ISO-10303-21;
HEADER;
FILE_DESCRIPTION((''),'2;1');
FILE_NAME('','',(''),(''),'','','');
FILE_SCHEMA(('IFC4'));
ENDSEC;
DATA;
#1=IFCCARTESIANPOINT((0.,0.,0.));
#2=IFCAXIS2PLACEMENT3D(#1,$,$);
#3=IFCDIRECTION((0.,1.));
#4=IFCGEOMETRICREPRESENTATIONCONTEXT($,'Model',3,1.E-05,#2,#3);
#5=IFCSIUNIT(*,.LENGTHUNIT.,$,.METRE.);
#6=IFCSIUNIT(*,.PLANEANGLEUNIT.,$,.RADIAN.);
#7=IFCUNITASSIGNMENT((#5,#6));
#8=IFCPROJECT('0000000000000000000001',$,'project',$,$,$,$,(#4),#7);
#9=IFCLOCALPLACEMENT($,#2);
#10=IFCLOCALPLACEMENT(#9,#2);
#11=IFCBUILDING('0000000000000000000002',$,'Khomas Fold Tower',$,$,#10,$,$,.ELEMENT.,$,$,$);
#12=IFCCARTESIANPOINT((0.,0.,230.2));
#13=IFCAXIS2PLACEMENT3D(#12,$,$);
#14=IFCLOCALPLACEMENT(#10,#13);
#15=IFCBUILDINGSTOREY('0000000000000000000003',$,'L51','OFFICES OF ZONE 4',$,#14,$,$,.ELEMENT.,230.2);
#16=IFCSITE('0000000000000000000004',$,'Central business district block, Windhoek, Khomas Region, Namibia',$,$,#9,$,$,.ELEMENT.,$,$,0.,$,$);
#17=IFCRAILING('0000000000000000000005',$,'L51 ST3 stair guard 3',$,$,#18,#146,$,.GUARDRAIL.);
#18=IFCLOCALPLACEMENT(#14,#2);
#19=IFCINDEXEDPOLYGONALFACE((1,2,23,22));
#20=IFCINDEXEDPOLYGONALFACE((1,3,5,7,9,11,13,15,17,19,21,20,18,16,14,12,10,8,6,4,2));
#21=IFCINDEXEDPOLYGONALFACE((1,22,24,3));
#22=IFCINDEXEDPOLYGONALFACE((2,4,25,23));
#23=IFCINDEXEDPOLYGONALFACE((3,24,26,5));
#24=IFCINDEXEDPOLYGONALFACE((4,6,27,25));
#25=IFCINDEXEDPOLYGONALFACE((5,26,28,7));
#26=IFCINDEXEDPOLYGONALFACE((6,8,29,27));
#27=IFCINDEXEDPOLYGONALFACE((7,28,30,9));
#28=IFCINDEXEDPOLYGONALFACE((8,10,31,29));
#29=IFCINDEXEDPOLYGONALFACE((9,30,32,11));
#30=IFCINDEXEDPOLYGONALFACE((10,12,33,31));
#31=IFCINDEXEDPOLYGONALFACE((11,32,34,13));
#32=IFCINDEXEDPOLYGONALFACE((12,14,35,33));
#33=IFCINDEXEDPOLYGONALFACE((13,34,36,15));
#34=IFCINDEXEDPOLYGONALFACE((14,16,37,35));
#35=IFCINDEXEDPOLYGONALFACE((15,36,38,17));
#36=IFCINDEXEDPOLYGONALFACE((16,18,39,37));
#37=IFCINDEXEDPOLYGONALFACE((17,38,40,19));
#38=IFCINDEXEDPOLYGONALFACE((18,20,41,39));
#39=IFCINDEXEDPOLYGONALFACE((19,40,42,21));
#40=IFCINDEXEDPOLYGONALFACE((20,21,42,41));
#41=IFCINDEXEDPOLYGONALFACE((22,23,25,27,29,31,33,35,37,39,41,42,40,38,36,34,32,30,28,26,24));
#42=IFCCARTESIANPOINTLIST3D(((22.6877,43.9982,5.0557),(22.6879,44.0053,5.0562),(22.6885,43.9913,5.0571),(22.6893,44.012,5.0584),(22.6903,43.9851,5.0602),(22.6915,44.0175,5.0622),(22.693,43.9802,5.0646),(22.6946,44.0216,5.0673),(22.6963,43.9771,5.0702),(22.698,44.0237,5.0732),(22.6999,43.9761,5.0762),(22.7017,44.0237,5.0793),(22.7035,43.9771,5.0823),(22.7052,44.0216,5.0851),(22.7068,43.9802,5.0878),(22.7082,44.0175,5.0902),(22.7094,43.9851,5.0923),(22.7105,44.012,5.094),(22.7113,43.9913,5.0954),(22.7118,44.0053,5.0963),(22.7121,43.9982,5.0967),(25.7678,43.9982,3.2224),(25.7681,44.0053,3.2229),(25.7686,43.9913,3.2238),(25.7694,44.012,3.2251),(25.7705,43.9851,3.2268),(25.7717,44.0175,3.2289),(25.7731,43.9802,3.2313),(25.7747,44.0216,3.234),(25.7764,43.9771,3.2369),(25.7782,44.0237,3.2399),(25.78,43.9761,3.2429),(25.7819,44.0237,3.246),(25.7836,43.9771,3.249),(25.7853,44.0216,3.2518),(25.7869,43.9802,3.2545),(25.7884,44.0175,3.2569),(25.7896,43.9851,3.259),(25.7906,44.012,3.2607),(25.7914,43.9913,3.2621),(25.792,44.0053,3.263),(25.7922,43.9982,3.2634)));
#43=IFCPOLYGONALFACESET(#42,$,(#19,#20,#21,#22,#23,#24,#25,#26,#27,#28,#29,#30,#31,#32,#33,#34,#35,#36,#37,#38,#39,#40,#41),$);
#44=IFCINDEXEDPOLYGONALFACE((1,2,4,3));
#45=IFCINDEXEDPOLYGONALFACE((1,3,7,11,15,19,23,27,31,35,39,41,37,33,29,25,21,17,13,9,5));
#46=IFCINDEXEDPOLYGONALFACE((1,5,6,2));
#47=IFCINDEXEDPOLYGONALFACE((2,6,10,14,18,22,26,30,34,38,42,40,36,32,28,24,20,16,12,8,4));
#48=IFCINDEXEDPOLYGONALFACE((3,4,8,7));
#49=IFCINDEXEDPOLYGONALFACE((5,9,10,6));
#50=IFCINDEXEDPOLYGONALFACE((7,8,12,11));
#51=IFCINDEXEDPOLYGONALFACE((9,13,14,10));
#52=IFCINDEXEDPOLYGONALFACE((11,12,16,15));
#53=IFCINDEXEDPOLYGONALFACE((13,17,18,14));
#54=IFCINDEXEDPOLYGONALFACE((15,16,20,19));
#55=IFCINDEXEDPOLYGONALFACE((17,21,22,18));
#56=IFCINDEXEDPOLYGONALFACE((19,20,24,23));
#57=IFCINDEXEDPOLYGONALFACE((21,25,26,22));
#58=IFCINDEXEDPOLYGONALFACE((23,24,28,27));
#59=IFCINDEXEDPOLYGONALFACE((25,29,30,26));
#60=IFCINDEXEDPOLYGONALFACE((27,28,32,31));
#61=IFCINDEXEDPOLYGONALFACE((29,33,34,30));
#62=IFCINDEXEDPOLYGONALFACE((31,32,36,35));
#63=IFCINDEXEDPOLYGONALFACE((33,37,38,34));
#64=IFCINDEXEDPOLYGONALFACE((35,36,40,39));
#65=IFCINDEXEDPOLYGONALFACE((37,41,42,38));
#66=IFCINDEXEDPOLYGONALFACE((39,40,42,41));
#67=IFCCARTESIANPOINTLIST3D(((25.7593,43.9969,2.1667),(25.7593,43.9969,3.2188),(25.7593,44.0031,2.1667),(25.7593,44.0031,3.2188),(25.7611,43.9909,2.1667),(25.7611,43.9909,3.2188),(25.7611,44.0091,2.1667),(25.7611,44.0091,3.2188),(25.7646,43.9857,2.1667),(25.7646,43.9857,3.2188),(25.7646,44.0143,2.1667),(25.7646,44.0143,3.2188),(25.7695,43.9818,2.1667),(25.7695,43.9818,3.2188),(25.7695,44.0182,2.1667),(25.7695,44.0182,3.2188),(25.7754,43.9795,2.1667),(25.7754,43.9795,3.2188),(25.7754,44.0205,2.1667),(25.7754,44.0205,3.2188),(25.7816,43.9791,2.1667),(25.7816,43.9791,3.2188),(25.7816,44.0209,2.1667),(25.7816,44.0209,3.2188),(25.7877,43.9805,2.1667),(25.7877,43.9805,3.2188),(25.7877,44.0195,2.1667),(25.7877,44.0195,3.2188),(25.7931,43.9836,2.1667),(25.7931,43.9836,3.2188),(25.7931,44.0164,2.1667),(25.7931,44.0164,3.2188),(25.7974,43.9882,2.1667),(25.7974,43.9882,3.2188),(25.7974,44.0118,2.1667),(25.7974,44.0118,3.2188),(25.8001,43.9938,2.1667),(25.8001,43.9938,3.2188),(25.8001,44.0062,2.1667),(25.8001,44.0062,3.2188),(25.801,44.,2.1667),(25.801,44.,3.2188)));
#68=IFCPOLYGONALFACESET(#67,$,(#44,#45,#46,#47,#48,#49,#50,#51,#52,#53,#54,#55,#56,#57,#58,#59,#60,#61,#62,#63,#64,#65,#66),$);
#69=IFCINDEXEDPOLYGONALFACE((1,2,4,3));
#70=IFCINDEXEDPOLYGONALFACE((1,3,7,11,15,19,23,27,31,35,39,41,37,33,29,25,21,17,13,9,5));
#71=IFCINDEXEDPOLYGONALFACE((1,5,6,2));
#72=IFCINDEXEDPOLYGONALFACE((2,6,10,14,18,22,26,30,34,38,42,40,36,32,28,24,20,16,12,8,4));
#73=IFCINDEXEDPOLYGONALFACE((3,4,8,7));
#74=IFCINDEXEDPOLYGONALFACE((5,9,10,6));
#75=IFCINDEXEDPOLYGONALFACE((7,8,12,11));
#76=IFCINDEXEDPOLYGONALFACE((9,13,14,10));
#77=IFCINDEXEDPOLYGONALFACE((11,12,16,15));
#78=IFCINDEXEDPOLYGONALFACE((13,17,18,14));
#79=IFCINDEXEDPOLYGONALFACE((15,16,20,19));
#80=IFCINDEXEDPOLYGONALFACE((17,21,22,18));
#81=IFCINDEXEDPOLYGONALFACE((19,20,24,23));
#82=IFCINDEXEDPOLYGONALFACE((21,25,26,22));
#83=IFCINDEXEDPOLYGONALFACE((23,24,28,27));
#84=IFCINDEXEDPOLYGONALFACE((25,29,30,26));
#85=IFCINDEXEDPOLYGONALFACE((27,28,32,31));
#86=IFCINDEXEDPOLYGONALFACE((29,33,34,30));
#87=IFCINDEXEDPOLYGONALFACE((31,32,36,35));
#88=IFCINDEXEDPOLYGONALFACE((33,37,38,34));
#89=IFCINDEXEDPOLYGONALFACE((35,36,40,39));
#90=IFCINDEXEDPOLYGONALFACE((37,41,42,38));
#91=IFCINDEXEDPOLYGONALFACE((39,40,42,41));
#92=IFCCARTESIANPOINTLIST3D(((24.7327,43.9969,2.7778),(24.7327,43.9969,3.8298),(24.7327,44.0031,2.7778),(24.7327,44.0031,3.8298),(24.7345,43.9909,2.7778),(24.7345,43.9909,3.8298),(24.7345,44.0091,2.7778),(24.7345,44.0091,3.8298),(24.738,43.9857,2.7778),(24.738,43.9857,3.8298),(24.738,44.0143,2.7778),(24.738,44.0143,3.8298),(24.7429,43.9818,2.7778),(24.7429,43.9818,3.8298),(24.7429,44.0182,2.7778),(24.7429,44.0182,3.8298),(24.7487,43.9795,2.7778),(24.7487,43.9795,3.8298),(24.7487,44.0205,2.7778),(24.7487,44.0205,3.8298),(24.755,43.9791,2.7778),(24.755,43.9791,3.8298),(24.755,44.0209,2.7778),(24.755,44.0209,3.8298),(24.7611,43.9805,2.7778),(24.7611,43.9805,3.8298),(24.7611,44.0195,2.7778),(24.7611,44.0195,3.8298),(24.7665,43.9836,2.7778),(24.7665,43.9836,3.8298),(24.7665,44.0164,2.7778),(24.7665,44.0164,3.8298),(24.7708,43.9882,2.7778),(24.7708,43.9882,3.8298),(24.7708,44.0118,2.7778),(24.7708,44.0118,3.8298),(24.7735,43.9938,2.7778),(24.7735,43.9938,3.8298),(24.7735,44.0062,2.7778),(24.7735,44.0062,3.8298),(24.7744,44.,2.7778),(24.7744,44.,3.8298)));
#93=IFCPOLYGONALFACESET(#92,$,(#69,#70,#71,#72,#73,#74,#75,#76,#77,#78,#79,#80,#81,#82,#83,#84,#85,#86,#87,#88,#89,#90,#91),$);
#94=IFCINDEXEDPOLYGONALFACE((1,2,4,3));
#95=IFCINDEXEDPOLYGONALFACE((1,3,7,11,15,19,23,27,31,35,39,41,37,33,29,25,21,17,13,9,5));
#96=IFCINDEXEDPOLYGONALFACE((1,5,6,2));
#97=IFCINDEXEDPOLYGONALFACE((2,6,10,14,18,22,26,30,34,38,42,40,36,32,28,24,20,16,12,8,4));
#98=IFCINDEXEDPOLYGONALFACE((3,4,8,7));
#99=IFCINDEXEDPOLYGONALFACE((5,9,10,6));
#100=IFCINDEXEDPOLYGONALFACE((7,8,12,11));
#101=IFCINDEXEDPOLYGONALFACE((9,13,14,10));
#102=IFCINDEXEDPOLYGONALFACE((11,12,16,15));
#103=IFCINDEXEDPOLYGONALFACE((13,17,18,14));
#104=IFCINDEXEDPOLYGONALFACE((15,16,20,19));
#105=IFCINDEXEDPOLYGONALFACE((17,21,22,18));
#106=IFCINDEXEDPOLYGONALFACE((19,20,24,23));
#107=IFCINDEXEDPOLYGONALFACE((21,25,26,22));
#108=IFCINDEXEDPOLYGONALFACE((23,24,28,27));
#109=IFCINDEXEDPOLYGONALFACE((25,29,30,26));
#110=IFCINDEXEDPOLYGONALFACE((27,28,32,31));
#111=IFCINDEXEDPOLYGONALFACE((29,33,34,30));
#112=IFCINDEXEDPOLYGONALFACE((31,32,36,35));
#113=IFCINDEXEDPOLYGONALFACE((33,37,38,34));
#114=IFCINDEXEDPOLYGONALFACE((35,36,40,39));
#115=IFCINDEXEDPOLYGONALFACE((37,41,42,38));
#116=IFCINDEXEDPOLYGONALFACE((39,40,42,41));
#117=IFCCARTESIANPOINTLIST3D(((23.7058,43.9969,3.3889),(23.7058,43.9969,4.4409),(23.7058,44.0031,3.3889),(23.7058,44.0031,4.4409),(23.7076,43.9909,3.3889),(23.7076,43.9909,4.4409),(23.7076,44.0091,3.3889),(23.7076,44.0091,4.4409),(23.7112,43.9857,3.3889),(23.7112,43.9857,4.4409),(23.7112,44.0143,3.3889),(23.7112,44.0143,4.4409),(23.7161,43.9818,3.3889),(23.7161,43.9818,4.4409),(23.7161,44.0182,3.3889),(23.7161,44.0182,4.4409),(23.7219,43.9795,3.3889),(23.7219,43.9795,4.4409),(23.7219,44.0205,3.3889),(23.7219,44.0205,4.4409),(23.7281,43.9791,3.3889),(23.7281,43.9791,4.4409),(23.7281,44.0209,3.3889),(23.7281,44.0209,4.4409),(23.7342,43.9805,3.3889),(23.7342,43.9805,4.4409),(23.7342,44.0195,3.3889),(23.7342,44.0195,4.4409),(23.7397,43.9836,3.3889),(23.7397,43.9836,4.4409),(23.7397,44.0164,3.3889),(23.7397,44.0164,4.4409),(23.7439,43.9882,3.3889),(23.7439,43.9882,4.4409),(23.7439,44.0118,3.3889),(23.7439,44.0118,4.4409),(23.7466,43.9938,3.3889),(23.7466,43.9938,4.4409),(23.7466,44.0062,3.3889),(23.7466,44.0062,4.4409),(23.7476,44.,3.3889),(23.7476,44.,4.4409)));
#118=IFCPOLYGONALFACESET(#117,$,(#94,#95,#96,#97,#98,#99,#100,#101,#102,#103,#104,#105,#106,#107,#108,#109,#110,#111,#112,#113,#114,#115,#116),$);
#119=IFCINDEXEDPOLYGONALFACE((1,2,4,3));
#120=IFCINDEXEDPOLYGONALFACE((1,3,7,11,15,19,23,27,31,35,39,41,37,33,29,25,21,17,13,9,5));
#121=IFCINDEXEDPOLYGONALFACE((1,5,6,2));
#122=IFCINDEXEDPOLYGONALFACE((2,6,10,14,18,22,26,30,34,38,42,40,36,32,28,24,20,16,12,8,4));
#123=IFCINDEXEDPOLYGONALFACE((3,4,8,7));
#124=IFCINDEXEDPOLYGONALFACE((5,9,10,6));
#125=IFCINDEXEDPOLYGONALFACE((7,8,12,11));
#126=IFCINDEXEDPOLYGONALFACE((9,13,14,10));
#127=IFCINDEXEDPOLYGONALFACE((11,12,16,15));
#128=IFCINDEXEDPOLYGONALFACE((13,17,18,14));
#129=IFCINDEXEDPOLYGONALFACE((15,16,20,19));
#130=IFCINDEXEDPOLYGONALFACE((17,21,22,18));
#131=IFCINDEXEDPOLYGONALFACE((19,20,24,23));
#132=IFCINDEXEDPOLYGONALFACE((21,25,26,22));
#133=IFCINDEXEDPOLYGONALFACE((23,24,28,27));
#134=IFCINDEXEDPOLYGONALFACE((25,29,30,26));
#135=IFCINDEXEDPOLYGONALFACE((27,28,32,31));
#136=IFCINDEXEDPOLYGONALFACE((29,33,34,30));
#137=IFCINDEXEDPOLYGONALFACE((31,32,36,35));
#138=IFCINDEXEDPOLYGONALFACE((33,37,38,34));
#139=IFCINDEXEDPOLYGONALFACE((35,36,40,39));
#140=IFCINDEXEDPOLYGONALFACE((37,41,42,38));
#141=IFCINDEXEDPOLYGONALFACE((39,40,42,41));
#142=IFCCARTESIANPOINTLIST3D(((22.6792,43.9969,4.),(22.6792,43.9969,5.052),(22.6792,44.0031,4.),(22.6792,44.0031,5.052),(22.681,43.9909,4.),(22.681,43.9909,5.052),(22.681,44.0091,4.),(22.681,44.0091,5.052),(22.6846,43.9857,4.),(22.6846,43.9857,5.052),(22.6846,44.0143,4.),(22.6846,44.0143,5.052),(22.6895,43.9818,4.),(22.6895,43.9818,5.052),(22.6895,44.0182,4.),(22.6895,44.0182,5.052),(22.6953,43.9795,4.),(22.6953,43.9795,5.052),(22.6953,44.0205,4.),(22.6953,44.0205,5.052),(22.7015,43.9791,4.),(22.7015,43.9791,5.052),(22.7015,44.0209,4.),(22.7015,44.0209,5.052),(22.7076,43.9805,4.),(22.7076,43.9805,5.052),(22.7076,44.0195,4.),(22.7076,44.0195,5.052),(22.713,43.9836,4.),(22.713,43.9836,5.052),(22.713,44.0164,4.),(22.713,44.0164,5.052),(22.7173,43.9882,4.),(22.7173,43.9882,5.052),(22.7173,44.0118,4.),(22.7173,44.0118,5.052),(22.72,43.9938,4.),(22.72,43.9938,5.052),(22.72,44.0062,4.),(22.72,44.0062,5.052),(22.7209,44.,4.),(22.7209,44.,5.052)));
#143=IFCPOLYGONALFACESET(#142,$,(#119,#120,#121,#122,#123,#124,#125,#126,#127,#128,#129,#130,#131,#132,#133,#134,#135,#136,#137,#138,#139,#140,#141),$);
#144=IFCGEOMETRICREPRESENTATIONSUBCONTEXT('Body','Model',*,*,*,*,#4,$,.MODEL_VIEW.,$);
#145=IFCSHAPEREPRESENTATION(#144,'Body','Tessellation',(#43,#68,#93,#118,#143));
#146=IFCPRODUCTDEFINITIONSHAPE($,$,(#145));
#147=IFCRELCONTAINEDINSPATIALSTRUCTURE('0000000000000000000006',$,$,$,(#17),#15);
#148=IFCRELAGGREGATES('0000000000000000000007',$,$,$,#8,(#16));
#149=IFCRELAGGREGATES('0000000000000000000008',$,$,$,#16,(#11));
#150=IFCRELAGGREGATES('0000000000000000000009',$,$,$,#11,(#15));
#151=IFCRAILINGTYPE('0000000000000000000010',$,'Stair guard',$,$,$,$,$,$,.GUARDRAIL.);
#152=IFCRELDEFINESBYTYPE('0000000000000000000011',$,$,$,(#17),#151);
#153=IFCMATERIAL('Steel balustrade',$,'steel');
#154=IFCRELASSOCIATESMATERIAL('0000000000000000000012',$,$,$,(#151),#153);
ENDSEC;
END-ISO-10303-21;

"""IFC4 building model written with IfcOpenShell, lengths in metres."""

from ifc_helpers import new_model, si_unit, direction, frame, origin, origin_2d, place, context, subcontext, project, spatial, circle, extrude, source, transform, mapped, material, type_object, element, save


model = new_model("IFC4")

# Units and contexts
model_context = context("Model", 3, precision=1e-05, world=origin(), true_north=direction((0.0, 1.0)))
body_context = subcontext(model_context, "Body", "Model", "MODEL_VIEW")
ifc_project = project(units=[si_unit("LENGTHUNIT", "METRE"), si_unit("PLANEANGLEUNIT", "RADIAN")], contexts=[model_context])

# Site, building, storey
site_placement = place(None, origin())
site = spatial("IfcSite", under=ifc_project, at=site_placement, Name="Central business district block, Windhoek, Khomas Region, Namibia", CompositionType="ELEMENT", RefElevation=0.0)
building_placement = place(site_placement, origin())
building = spatial("IfcBuilding", under=site, at=building_placement, Name="Khomas Fold Tower", CompositionType="ELEMENT")
storey_placement = place(building_placement, frame((0.0, 0.0, 230.2)))
storey = spatial("IfcBuildingStorey", under=building, at=storey_placement, Name="L51", Description="OFFICES OF ZONE 4", CompositionType="ELEMENT", Elevation=230.2)

# Railing
ifc_material_1 = material(Name="Steel balustrade", Category="steel")
railing_type_1 = type_object("IfcRailingType", Name="Stair guard", PredefinedType="GUARDRAIL", material=ifc_material_1)
shared_shape_1 = source(origin(), body_context, "Body", "SweptSolid", [
    extrude(circle(Radius=0.0239, at=origin_2d()), frame((0.0, 0.0, 1.0762), z_axis=(-0.859309, 0.0, 0.511458), x_axis=(0.0, -1.0, 0.0)), (0.0, 0.0, 1.0), 3.5845),
    extrude(circle(Radius=0.021, at=origin_2d()), origin(), (0.0, 0.0, 1.0), 1.052),
    extrude(circle(Radius=0.021, at=origin_2d()), frame((-1.0266, 0.0, 0.6111)), (0.0, 0.0, 1.0), 1.052),
    extrude(circle(Radius=0.021, at=origin_2d()), frame((-2.0535, 0.0, 1.2222)), (0.0, 0.0, 1.0), 1.052),
    extrude(circle(Radius=0.021, at=origin_2d()), frame((-3.0801, 0.0, 1.8333)), (0.0, 0.0, 1.0), 1.052),
])
railing_1_placement = place(storey_placement, frame((25.78, 44.0, 2.1667)))
element("IfcRailing", 1, at=railing_1_placement, inside=storey, type_object=railing_type_1, Name="L51 ST3 stair guard 3", PredefinedType="GUARDRAIL", context=body_context, shape_type="MappedRepresentation", body=[
    mapped(shared_shape_1, transform((0.0, 0.0, 0.0))),
])

save(model, "model.ifc")
